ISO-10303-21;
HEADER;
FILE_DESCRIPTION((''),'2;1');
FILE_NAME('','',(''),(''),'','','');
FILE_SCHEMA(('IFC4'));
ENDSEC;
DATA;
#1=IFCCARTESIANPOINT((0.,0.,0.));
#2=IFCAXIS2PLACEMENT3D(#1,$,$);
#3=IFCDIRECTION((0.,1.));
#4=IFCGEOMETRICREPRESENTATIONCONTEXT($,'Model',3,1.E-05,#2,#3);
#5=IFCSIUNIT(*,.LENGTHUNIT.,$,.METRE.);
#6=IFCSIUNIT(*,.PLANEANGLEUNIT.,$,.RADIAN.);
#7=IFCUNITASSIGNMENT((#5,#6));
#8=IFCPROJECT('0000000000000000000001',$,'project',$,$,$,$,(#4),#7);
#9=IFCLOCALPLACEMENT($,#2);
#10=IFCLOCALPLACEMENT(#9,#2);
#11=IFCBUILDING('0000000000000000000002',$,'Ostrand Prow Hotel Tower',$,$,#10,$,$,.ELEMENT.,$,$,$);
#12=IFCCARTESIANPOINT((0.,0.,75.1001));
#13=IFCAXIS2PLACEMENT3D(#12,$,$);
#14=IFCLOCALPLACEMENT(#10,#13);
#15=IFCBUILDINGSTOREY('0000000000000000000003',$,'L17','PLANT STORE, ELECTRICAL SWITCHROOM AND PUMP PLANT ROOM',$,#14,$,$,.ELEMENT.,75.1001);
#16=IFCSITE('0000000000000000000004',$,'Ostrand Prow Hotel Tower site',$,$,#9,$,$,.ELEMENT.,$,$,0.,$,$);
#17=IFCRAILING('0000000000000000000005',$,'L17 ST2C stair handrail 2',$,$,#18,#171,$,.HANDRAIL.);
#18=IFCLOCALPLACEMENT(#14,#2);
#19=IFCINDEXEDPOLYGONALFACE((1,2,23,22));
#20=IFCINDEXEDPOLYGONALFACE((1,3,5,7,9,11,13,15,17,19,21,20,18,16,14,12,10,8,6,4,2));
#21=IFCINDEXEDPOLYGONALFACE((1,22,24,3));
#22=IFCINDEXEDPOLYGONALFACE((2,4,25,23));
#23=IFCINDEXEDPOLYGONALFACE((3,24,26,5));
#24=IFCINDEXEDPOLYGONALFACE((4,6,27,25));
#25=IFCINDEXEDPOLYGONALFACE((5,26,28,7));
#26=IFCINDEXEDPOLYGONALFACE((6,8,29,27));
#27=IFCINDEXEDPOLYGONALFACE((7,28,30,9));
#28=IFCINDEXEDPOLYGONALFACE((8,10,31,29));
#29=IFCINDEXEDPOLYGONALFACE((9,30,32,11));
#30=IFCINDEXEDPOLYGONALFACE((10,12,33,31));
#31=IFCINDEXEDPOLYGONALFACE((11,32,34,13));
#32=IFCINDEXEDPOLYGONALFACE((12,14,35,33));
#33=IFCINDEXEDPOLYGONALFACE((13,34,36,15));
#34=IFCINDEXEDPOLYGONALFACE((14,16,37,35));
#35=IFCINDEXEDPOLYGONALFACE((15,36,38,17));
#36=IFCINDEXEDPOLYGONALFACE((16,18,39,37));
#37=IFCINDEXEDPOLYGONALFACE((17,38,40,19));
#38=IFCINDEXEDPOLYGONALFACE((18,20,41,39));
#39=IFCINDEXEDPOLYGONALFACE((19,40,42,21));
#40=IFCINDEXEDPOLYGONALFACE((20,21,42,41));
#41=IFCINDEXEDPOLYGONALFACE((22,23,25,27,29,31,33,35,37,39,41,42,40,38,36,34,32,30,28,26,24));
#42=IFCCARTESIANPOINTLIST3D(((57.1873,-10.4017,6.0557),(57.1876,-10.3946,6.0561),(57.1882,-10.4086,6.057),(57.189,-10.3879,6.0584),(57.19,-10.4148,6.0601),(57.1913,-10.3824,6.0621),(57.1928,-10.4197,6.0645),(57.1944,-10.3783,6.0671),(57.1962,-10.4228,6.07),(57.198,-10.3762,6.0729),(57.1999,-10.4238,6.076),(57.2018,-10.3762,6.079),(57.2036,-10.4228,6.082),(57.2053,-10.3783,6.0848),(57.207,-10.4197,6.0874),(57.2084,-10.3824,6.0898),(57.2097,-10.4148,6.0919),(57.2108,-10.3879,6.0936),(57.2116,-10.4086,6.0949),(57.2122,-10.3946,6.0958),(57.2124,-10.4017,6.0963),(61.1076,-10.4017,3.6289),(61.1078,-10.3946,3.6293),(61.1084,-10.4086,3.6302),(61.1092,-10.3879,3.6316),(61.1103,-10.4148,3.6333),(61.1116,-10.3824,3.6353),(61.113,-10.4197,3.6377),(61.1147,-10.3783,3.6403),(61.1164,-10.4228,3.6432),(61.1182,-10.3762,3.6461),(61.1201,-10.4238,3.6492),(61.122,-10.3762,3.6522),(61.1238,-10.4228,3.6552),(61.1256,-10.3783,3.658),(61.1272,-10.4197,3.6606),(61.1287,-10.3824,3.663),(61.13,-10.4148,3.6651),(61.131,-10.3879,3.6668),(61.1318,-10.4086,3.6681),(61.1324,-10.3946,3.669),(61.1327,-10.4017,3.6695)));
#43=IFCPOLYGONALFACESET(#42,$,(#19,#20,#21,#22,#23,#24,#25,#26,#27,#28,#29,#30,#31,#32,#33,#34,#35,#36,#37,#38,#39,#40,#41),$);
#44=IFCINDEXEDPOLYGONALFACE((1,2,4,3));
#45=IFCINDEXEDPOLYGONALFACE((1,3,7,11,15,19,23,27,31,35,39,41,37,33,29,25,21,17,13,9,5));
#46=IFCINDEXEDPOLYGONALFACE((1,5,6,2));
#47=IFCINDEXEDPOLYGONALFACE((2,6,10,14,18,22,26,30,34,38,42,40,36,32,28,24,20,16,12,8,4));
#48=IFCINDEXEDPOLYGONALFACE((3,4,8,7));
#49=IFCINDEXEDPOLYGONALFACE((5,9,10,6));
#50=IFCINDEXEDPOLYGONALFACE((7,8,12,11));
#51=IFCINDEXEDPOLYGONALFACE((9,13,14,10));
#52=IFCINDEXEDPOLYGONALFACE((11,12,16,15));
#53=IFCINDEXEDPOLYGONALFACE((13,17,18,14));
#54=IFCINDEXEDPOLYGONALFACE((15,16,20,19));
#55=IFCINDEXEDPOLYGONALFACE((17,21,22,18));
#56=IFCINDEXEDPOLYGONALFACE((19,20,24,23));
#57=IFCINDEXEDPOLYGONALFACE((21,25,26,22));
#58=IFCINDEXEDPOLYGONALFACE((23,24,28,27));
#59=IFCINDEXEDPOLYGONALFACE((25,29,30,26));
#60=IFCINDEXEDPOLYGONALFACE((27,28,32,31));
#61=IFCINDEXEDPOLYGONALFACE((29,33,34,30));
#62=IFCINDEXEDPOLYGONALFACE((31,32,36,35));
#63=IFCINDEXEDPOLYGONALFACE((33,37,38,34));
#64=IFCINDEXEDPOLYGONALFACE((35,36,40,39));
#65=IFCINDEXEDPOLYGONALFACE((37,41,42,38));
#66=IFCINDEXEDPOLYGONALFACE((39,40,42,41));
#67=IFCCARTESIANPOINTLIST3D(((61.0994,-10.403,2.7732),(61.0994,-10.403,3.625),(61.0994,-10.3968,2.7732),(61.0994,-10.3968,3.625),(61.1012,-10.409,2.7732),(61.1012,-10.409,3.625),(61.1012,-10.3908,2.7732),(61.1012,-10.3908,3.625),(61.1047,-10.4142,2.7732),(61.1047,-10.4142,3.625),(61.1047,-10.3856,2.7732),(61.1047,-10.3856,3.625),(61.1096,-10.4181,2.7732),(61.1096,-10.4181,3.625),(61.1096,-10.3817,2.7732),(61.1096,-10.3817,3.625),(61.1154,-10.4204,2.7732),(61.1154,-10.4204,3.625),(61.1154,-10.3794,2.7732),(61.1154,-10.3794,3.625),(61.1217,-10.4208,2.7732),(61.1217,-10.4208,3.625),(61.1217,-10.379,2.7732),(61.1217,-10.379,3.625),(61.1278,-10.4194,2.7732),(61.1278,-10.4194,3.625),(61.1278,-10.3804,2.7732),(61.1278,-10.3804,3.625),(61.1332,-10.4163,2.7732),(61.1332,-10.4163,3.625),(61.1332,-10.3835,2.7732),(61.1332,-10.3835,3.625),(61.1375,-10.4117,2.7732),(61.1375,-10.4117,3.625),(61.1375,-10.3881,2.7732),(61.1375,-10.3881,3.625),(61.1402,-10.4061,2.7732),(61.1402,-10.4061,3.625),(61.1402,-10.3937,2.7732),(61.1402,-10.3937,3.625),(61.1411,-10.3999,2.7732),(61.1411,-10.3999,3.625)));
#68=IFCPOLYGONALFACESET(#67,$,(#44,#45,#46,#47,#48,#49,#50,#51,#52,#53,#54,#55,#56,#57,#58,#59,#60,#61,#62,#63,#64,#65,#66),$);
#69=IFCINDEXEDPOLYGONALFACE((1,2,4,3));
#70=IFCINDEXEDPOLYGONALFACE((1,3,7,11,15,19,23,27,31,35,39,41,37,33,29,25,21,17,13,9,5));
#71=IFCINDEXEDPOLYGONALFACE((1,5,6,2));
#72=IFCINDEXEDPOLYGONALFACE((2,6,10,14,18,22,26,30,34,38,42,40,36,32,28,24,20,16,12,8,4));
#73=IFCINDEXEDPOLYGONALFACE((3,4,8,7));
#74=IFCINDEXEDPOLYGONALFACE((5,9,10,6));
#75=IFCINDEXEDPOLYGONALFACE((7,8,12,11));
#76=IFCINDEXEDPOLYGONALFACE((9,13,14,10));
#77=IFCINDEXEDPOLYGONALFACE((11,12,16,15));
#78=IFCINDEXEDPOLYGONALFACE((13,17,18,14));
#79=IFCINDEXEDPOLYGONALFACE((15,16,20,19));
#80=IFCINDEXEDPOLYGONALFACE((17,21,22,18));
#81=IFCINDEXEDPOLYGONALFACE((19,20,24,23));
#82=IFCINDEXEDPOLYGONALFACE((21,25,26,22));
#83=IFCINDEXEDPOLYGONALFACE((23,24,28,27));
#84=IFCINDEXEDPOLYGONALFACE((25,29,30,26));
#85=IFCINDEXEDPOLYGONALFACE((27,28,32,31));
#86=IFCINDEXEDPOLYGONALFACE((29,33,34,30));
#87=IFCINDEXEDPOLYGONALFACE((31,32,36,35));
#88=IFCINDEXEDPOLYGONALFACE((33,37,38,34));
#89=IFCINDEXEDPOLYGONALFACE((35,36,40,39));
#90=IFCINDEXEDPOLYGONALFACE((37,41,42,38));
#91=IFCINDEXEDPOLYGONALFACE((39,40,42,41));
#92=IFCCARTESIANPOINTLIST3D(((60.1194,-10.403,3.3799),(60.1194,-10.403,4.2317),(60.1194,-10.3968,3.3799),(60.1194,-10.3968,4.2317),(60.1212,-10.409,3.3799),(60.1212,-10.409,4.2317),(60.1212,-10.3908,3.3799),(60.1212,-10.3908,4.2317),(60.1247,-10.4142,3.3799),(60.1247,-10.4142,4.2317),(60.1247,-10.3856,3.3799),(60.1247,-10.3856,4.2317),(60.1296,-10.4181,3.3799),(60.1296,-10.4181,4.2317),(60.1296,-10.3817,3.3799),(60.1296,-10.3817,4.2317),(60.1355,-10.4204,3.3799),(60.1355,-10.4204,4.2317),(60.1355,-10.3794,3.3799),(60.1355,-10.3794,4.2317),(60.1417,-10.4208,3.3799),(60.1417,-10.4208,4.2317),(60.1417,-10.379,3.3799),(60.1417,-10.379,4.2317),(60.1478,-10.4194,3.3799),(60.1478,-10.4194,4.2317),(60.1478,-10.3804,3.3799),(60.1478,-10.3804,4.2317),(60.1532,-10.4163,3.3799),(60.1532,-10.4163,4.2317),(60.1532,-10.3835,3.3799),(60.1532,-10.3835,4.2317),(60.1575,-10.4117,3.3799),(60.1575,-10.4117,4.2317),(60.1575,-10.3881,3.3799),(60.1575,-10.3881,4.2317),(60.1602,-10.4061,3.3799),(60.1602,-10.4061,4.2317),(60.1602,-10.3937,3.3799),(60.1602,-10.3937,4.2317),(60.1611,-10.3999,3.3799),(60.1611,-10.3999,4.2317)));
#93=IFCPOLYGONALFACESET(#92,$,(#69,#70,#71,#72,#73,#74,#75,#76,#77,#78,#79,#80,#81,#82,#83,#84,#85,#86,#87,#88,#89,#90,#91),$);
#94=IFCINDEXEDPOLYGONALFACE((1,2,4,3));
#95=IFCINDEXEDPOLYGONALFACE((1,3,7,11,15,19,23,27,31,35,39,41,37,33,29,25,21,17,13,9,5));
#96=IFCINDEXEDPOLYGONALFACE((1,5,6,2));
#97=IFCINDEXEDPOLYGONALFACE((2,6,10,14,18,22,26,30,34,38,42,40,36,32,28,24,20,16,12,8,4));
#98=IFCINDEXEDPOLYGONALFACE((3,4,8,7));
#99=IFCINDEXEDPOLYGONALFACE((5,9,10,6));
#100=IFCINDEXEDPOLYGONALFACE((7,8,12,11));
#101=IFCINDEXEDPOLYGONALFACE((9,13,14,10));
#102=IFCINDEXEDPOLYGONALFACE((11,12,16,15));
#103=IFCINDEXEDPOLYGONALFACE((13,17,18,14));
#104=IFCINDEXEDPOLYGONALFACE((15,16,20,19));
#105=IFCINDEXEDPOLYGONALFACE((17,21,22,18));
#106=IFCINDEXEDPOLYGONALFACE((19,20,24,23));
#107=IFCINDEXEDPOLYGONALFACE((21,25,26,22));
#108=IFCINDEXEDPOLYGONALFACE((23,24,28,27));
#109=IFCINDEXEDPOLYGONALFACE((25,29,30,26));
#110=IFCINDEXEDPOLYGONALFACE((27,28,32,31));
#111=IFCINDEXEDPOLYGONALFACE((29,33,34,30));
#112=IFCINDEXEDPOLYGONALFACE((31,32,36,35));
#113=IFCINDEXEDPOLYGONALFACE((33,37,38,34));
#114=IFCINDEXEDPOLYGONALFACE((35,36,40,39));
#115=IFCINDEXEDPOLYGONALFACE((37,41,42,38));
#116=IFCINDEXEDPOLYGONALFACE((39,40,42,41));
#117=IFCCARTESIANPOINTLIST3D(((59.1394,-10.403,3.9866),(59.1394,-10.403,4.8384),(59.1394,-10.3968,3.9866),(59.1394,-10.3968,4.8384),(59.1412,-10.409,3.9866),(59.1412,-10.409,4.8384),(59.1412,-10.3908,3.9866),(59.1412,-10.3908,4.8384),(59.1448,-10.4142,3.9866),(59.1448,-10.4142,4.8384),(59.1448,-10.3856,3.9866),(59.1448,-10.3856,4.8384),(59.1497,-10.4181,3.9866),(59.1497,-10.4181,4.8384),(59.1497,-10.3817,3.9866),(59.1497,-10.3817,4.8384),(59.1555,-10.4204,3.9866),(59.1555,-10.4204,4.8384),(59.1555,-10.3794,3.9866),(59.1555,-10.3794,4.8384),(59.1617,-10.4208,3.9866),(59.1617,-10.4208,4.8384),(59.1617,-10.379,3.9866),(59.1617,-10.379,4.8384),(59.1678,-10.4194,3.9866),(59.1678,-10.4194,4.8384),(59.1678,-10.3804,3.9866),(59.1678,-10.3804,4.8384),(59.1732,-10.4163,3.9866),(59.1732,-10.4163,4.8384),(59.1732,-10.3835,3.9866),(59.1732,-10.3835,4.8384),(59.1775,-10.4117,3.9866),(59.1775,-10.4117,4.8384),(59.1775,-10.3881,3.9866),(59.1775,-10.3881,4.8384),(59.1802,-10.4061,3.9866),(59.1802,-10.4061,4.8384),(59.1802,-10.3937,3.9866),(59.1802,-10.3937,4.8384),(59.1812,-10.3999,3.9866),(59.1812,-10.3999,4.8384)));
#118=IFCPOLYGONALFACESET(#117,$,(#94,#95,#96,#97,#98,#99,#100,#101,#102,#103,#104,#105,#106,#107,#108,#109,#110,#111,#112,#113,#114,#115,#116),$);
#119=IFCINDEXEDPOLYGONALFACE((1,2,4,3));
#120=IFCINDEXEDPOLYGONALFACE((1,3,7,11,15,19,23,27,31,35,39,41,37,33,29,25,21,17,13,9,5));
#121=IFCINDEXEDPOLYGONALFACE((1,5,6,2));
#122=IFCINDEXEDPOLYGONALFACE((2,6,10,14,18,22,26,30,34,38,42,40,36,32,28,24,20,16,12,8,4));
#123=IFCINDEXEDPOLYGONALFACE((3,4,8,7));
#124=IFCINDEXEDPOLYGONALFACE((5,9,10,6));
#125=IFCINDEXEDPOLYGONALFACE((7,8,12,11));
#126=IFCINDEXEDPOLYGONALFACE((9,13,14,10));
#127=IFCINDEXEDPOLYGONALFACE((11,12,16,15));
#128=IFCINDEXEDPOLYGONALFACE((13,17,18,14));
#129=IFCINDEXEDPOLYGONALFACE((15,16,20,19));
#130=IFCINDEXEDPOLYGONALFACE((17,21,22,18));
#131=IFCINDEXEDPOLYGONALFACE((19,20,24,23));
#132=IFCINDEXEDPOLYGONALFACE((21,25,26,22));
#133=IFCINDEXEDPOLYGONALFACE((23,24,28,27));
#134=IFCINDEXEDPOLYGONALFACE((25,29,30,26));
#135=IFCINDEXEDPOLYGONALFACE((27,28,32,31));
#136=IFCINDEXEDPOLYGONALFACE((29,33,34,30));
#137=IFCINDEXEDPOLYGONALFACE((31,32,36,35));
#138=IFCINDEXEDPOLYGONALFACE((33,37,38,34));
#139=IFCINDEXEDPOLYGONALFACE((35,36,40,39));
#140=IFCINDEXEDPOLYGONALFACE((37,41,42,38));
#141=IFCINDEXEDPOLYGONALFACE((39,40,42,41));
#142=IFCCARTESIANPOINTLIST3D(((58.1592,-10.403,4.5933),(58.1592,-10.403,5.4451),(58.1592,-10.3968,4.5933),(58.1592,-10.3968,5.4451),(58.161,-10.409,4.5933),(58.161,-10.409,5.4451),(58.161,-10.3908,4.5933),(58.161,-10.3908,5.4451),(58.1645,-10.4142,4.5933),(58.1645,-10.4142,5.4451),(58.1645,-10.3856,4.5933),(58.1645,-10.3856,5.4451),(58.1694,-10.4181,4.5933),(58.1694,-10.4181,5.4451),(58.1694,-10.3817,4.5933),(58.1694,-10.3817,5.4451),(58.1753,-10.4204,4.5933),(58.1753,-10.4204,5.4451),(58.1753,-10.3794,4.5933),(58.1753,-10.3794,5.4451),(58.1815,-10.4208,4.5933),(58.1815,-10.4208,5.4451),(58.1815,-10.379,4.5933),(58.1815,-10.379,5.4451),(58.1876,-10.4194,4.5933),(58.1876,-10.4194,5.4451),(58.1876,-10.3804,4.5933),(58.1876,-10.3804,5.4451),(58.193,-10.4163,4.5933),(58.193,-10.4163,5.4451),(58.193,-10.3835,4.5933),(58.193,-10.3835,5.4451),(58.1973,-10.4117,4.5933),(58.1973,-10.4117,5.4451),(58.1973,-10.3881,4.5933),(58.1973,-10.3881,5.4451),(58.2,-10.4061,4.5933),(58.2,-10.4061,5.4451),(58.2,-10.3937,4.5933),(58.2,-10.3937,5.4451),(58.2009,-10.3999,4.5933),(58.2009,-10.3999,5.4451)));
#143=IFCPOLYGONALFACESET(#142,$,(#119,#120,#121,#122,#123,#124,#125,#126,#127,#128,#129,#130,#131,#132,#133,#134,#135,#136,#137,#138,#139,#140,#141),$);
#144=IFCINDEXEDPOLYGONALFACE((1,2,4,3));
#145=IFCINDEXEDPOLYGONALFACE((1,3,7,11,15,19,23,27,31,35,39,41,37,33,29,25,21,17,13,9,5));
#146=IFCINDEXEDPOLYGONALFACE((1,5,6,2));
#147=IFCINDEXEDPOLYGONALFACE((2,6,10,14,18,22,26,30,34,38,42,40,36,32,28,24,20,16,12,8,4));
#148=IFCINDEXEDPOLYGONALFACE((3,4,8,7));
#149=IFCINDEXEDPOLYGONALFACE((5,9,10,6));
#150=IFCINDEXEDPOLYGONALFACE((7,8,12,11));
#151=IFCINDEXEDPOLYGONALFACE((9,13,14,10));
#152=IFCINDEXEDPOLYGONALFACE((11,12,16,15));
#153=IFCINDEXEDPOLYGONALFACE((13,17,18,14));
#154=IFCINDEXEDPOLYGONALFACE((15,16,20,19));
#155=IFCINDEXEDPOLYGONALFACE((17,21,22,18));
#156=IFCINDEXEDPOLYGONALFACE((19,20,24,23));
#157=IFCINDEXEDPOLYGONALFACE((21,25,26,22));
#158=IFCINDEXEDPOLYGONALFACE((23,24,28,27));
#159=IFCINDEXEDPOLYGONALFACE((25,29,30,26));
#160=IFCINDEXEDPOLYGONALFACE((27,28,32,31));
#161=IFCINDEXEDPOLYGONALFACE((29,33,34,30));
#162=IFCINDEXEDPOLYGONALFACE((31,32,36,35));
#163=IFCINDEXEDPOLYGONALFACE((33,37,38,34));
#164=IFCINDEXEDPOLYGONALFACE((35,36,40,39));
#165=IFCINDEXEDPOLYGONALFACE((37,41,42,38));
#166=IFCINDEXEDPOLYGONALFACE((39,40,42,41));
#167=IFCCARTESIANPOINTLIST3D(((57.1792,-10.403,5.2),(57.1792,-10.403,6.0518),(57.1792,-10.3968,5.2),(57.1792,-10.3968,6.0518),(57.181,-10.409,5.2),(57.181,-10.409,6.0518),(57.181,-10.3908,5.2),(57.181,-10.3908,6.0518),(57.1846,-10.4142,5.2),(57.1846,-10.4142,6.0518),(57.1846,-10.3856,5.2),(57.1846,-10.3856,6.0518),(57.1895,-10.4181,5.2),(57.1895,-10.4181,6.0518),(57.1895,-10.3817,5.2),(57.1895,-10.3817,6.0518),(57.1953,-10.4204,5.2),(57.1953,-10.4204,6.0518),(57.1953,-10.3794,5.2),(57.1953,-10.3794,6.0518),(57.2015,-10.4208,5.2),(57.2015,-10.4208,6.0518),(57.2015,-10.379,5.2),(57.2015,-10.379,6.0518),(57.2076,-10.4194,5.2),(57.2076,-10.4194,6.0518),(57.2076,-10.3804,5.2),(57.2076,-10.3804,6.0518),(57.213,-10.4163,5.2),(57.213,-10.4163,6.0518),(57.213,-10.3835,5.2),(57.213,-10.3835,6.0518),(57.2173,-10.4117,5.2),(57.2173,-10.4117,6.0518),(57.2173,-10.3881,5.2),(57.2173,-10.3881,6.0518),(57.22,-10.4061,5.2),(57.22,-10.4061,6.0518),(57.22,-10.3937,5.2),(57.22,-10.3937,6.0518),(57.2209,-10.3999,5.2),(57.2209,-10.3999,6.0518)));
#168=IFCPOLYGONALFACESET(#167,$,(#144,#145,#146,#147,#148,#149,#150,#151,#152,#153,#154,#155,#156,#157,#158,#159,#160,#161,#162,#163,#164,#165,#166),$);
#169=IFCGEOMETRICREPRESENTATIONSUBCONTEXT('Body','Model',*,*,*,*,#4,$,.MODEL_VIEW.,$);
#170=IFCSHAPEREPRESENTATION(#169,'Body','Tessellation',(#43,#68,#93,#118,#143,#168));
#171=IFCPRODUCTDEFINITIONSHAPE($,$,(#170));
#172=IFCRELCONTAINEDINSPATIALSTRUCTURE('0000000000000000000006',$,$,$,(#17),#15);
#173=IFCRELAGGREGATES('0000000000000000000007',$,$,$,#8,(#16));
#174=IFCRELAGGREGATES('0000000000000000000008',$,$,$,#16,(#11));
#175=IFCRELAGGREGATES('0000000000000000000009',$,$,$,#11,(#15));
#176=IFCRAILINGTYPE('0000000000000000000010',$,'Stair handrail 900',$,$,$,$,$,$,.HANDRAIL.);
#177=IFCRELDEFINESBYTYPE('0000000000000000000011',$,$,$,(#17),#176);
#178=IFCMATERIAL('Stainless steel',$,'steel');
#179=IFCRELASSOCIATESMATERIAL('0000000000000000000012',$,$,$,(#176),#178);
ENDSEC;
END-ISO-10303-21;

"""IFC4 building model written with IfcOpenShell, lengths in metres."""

from ifc_helpers import new_model, si_unit, direction, frame, origin, origin_2d, place, context, subcontext, project, spatial, circle, extrude, material, type_object, element, save


model = new_model("IFC4")

# Units and contexts
model_context = context("Model", 3, precision=1e-05, world=origin(), true_north=direction((0.0, 1.0)))
body_context = subcontext(model_context, "Body", "Model", "MODEL_VIEW")
ifc_project = project(units=[si_unit("LENGTHUNIT", "METRE"), si_unit("PLANEANGLEUNIT", "RADIAN")], contexts=[model_context])

# Site, building, storey
site_placement = place(None, origin())
site = spatial("IfcSite", under=ifc_project, at=site_placement, Name="Ostrand Prow Hotel Tower site", CompositionType="ELEMENT", RefElevation=0.0)
building_placement = place(site_placement, origin())
building = spatial("IfcBuilding", under=site, at=building_placement, Name="Ostrand Prow Hotel Tower", CompositionType="ELEMENT")
storey_placement = place(building_placement, frame((0.0, 0.0, 75.1001)))
storey = spatial("IfcBuildingStorey", under=building, at=storey_placement, Name="L17", Description="PLANT STORE, ELECTRICAL SWITCHROOM AND PUMP PLANT ROOM", CompositionType="ELEMENT", Elevation=75.1001)

# Railing
ifc_material_1 = material(Name="Stainless steel", Category="steel")
railing_type_1 = type_object("IfcRailingType", Name="Stair handrail 900", PredefinedType="HANDRAIL", material=ifc_material_1)
railing_1_placement = place(storey_placement, frame((61.1201, -10.3999, 2.7732)))
element("IfcRailing", 1, at=railing_1_placement, inside=storey, type_object=railing_type_1, Name="L17 ST2C stair handrail 2", PredefinedType="HANDRAIL", context=body_context, shape_type="SweptSolid", body=[
    extrude(circle(Radius=0.0239, at=origin_2d()), frame((0.0, 0.0, 0.876), z_axis=(-0.850266, 0.0, 0.526353), x_axis=(0.0, -1.0, 0.0)), (0.0, 0.0, 1.0), 4.6106),
    extrude(circle(Radius=0.021, at=origin_2d()), origin(), (0.0, 0.0, 1.0), 0.8518),
    extrude(circle(Radius=0.021, at=origin_2d()), frame((-0.98, 0.0, 0.6067)), (0.0, 0.0, 1.0), 0.8518),
    extrude(circle(Radius=0.021, at=origin_2d()), frame((-1.96, 0.0, 1.2134)), (0.0, 0.0, 1.0), 0.8518),
    extrude(circle(Radius=0.021, at=origin_2d()), frame((-2.9402, 0.0, 1.8201)), (0.0, 0.0, 1.0), 0.8518),
    extrude(circle(Radius=0.021, at=origin_2d()), frame((-3.9202, 0.0, 2.4268)), (0.0, 0.0, 1.0), 0.8518),
])

save(model, "model.ifc")
